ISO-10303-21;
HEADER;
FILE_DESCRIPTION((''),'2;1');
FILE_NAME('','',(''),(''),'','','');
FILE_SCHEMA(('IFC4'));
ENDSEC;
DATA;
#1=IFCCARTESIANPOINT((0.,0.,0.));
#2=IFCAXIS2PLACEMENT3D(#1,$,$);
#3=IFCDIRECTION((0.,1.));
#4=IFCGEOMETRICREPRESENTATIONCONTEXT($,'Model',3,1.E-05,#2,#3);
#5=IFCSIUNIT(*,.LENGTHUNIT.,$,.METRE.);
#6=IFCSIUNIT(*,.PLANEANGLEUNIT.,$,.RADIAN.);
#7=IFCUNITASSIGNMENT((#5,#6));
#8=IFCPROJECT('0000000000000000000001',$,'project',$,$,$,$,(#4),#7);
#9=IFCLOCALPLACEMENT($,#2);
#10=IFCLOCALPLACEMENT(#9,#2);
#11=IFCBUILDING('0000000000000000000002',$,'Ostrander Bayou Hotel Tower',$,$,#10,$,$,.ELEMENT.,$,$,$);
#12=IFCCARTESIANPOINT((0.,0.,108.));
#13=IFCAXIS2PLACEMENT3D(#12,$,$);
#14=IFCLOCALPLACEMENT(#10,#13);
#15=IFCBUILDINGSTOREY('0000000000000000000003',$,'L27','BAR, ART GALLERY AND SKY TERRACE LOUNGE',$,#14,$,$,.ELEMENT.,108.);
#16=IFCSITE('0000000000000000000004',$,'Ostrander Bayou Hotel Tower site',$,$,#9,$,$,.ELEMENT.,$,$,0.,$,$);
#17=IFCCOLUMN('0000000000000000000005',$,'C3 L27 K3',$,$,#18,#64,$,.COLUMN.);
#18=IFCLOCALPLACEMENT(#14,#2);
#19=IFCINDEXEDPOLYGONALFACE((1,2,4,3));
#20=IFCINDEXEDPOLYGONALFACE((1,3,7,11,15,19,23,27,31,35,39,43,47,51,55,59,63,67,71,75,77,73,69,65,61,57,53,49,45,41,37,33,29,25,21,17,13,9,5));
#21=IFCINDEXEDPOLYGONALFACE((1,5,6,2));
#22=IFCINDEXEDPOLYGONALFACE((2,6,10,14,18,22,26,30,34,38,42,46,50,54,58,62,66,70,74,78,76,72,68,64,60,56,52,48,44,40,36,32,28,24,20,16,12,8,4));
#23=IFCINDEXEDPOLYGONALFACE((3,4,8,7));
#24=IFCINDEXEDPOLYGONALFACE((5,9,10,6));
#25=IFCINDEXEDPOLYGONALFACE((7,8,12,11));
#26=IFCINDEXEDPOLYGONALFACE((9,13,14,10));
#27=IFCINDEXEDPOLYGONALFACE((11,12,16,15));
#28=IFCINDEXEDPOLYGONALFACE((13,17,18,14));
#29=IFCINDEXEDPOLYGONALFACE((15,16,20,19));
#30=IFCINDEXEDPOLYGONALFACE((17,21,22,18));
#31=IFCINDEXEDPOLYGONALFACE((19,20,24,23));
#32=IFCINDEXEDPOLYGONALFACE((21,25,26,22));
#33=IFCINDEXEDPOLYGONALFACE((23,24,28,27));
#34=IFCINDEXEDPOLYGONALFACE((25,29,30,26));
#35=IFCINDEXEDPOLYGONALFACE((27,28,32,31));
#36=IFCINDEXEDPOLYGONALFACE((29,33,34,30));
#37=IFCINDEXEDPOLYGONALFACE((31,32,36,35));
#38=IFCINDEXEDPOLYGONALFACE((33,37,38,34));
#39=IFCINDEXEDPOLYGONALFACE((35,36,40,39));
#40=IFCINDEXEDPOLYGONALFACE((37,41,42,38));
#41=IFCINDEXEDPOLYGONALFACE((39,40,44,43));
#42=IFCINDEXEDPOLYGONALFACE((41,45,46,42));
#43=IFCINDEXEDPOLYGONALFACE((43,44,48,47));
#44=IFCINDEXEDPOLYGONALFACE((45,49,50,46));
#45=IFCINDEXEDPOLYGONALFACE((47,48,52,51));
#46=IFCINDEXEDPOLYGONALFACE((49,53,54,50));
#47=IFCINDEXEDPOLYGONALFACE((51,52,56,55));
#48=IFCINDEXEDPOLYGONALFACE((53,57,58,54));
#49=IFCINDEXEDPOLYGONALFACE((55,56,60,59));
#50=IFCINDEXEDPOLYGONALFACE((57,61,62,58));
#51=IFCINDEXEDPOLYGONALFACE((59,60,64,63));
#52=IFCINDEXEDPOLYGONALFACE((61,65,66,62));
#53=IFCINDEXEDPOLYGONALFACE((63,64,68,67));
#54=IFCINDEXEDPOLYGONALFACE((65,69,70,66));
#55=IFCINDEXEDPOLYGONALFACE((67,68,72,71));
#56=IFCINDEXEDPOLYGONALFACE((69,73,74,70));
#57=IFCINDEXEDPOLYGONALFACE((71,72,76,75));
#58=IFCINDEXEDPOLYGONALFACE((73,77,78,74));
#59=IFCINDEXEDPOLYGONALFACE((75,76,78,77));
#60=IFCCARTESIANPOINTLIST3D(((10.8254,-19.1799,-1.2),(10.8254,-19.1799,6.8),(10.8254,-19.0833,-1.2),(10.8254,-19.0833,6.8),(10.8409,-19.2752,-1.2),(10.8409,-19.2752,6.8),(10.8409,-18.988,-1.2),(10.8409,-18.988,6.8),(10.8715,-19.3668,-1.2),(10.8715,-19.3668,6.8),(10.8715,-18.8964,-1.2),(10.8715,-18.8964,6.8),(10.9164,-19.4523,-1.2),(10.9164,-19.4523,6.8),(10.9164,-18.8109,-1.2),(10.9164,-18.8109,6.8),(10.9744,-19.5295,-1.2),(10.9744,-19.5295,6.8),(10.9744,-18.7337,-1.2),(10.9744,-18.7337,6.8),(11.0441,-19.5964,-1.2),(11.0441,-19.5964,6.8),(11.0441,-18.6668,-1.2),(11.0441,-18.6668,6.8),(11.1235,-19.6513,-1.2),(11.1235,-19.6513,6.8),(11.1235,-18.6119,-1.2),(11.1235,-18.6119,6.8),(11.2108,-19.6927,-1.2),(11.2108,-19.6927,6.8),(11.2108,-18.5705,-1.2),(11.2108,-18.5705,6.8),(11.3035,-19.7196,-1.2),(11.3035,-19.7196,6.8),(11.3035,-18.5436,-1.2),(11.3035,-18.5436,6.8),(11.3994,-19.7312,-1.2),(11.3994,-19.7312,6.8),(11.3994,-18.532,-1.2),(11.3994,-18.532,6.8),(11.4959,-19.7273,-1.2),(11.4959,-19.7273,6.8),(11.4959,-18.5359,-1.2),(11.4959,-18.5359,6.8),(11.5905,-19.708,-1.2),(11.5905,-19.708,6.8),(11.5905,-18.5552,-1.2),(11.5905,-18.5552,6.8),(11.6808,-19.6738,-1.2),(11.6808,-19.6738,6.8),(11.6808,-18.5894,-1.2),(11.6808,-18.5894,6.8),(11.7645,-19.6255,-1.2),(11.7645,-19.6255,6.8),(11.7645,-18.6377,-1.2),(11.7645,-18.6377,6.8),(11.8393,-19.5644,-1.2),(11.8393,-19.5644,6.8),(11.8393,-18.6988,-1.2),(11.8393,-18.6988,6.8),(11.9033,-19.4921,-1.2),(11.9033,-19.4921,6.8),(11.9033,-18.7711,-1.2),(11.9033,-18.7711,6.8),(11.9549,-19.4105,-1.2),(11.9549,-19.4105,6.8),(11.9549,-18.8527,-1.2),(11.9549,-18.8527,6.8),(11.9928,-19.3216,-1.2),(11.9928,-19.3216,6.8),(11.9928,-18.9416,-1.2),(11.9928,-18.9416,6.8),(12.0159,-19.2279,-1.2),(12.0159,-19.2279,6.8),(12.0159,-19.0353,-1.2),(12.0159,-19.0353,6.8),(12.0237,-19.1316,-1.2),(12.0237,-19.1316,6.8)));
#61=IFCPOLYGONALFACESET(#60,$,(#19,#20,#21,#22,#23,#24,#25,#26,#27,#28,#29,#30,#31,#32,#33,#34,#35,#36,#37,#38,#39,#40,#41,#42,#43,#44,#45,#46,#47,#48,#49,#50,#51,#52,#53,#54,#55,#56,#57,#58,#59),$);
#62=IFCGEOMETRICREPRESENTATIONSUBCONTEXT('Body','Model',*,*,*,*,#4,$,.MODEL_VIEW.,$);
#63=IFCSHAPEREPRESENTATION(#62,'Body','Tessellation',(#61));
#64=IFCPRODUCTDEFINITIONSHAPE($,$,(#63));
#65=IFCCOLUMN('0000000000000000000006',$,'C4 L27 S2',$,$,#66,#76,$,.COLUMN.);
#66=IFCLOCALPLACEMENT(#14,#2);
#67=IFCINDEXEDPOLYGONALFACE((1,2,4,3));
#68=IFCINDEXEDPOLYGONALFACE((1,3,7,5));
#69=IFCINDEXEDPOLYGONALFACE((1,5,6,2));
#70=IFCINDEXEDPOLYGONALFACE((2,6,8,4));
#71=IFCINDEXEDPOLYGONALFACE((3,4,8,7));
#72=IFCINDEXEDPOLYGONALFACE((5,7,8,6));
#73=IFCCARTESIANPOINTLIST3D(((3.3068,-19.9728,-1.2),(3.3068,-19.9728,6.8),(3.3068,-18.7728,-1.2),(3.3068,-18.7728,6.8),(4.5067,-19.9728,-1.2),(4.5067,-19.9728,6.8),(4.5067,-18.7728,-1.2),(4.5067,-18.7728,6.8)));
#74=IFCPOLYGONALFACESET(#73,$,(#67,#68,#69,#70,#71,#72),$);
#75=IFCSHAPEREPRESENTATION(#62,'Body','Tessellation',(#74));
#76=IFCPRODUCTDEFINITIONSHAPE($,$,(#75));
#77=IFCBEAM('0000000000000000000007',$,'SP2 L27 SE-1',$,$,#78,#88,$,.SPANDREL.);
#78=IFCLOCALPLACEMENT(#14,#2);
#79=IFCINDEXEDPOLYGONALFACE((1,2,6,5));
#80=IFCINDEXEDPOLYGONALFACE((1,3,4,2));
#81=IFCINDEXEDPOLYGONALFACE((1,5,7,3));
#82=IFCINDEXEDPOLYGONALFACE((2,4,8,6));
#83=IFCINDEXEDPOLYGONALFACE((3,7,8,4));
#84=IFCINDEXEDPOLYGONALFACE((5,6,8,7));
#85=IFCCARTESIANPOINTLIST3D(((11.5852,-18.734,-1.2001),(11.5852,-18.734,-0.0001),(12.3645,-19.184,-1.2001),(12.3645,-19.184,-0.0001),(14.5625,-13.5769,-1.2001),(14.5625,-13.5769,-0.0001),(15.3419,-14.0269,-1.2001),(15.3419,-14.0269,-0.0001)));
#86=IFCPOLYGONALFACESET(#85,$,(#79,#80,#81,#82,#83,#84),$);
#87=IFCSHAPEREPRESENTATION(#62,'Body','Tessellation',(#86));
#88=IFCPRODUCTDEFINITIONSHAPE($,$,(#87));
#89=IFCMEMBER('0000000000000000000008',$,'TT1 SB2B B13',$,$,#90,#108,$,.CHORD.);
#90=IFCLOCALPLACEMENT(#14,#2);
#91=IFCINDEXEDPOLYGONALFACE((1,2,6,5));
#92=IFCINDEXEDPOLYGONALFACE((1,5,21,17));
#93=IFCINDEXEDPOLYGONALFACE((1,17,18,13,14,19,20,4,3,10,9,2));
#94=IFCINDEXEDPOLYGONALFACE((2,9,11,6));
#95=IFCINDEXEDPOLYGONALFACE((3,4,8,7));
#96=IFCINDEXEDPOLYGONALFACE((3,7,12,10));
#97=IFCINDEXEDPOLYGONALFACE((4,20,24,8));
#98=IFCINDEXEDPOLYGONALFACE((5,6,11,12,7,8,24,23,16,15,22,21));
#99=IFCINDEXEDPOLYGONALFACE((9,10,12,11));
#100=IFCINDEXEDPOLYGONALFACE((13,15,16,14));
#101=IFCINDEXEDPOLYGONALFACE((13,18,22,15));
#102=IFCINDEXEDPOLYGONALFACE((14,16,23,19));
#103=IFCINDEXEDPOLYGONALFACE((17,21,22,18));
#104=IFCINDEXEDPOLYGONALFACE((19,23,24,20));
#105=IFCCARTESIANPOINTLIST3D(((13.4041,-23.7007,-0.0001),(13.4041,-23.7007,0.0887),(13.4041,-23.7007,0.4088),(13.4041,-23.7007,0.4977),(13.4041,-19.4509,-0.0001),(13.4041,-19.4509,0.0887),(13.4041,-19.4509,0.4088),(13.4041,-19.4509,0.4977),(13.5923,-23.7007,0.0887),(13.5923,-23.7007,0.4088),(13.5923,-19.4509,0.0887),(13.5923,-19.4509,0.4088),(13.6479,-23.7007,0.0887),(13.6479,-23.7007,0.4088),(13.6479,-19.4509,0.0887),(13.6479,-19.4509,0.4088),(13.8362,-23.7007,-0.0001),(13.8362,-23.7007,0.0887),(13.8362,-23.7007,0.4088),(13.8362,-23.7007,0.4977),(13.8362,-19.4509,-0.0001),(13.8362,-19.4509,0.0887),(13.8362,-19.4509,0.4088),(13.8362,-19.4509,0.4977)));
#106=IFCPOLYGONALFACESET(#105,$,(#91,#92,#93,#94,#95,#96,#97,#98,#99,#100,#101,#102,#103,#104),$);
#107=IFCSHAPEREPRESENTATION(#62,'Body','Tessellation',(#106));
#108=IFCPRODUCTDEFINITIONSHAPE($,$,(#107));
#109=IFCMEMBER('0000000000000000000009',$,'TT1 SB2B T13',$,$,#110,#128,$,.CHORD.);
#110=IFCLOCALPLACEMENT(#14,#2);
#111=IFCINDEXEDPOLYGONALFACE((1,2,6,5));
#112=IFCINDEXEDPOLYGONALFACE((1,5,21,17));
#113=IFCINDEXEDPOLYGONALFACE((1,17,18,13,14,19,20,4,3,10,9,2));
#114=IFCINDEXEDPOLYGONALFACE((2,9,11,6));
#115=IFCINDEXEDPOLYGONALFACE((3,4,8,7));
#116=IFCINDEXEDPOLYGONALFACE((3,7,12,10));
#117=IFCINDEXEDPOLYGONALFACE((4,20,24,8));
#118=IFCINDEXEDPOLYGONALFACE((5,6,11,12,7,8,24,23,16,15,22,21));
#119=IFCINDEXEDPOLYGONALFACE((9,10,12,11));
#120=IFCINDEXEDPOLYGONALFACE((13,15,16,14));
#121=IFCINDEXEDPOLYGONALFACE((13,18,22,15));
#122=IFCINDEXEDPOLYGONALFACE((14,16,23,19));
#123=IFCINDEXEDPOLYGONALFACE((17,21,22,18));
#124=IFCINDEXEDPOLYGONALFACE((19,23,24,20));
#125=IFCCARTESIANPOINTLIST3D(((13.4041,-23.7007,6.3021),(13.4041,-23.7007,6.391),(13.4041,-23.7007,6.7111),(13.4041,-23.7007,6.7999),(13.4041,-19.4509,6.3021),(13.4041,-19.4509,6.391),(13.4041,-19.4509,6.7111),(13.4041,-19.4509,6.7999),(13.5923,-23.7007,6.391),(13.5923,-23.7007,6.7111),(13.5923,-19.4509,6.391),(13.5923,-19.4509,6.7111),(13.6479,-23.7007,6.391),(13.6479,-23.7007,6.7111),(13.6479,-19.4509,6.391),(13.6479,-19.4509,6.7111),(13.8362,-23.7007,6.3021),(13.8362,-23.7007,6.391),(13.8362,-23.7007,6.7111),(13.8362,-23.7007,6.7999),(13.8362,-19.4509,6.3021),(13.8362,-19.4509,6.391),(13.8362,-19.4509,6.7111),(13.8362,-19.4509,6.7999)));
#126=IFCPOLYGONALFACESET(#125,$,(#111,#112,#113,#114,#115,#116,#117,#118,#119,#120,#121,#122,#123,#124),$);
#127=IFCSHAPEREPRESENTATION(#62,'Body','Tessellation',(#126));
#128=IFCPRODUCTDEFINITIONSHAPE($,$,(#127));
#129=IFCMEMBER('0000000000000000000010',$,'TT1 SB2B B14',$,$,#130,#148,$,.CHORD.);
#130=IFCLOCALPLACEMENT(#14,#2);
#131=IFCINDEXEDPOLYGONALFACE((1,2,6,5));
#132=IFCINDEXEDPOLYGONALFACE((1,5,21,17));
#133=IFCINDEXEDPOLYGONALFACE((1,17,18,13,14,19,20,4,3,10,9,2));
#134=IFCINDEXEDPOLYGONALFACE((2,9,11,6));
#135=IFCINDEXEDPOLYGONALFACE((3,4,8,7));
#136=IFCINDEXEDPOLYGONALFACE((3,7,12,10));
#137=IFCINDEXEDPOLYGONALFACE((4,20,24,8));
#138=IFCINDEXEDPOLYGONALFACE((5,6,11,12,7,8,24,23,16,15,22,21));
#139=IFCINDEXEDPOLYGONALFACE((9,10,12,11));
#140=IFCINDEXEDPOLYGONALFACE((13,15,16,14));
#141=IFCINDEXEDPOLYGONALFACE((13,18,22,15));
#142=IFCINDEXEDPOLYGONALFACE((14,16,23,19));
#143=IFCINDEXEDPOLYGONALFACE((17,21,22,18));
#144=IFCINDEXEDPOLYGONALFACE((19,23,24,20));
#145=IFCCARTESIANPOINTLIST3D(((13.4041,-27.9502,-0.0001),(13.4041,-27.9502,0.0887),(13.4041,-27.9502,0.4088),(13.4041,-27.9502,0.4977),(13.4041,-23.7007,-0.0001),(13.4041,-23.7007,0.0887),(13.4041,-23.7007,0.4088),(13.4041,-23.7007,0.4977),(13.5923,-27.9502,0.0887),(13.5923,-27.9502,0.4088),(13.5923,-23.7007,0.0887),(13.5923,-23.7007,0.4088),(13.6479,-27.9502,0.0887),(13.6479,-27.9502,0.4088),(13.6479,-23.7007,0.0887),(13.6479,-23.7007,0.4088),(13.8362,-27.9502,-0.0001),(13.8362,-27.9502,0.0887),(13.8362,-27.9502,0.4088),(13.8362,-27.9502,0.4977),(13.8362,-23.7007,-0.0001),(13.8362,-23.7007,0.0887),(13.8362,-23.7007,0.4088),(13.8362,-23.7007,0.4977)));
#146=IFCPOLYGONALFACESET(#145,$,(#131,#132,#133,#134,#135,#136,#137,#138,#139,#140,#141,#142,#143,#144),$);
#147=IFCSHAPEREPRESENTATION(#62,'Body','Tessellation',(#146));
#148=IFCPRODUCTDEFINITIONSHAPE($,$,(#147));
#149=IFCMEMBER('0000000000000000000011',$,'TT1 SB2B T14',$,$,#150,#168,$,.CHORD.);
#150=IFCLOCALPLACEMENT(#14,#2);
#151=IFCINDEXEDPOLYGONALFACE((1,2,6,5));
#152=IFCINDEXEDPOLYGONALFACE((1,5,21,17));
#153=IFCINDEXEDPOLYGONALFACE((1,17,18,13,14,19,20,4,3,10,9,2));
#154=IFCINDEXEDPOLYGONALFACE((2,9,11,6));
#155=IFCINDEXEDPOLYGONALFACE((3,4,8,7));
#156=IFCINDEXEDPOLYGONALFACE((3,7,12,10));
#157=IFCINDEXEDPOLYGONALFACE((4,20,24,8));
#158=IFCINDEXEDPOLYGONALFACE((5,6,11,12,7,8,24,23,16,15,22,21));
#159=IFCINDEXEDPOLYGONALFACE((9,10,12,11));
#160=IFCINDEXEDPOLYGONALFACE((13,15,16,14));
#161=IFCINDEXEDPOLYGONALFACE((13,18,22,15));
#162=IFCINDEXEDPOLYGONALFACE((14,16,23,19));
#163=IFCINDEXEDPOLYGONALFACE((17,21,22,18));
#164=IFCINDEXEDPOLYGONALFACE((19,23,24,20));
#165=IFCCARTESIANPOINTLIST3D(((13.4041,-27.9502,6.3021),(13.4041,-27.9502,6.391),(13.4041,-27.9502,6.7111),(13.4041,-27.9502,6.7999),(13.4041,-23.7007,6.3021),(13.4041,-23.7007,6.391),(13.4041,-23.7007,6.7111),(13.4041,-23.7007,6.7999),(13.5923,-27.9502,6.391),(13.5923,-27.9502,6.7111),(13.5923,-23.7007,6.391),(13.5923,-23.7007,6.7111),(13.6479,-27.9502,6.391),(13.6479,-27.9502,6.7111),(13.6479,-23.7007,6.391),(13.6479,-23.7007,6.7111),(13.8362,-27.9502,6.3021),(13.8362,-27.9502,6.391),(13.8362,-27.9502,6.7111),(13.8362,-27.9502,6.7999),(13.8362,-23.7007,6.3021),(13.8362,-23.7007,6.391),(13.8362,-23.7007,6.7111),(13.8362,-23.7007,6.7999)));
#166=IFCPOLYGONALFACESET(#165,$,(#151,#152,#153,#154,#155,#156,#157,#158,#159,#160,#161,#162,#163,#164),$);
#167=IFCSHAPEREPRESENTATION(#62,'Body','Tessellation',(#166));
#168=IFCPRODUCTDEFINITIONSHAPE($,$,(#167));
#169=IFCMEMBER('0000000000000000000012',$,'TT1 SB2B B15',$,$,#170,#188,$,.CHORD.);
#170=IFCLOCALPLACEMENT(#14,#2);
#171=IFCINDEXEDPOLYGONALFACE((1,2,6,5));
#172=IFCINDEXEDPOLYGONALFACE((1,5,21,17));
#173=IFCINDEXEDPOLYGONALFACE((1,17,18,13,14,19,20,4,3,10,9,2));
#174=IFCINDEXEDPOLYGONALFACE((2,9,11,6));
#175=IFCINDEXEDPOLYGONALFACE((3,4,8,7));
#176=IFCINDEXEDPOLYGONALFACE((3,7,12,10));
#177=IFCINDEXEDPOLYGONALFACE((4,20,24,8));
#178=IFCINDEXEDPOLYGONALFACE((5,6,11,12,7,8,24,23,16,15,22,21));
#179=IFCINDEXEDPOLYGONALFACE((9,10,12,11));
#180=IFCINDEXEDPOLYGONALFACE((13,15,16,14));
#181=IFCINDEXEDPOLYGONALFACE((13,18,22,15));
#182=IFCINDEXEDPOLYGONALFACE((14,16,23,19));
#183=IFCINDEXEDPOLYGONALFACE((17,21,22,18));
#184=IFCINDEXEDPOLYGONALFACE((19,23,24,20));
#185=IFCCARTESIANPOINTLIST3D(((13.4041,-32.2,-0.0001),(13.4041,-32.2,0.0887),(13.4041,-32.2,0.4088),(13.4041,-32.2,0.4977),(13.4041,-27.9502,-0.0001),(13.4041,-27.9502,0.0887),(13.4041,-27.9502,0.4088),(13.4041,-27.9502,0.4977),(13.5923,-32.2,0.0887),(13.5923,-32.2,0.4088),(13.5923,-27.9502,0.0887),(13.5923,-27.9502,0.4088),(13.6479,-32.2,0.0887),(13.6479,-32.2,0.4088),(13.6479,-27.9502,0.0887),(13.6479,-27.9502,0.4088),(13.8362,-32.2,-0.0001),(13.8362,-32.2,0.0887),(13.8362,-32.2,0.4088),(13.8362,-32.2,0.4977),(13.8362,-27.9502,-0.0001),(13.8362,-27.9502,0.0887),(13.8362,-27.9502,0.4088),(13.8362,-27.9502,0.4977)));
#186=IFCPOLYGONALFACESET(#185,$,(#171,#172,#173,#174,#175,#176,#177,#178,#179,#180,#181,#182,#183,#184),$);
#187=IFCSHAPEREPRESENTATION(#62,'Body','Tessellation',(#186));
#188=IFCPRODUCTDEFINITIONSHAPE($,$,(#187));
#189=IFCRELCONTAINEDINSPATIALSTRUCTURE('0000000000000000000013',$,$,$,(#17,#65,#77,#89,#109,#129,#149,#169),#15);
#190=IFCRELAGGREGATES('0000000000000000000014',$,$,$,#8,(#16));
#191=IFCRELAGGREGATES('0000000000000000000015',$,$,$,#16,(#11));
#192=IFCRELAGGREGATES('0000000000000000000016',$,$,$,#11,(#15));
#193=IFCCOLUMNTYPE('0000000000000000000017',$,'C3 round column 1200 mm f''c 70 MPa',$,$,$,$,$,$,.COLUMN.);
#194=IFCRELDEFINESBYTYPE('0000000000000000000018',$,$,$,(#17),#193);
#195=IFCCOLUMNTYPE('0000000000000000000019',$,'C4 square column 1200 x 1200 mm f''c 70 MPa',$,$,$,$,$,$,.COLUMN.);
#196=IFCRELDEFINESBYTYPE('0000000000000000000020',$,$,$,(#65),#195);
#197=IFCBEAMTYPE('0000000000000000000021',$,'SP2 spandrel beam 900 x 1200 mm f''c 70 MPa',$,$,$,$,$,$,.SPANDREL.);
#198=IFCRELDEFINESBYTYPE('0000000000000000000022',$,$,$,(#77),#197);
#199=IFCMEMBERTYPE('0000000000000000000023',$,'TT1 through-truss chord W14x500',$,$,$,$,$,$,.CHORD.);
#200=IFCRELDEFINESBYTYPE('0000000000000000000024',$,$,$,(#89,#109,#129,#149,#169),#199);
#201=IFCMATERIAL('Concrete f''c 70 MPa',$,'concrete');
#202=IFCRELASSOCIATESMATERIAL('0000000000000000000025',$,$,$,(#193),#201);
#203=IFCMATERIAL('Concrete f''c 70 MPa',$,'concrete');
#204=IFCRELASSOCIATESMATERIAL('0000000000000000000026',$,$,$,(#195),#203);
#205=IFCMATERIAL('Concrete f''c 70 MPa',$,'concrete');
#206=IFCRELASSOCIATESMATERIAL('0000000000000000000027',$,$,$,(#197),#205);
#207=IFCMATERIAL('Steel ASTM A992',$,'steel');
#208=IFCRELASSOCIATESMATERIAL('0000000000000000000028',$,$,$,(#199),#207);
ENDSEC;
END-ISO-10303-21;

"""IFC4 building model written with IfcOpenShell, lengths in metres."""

from ifc_helpers import new_model, si_unit, direction, frame, origin, origin_2d, place, context, subcontext, project, spatial, rectangle, circle, i_section, extrude, material, material_profile, profile_set, type_object, element, save


model = new_model("IFC4")

# Units and contexts
model_context = context("Model", 3, precision=1e-05, world=origin(), true_north=direction((0.0, 1.0)))
body_context = subcontext(model_context, "Body", "Model", "MODEL_VIEW")
ifc_project = project(units=[si_unit("LENGTHUNIT", "METRE"), si_unit("PLANEANGLEUNIT", "RADIAN")], contexts=[model_context])

# Site, building, storey
site_placement = place(None, origin())
site = spatial("IfcSite", under=ifc_project, at=site_placement, Name="Ostrander Bayou Hotel Tower site", CompositionType="ELEMENT", RefElevation=0.0)
building_placement = place(site_placement, origin())
building = spatial("IfcBuilding", under=site, at=building_placement, Name="Ostrander Bayou Hotel Tower", CompositionType="ELEMENT")
storey_placement = place(building_placement, frame((0.0, 0.0, 108.0)))
storey = spatial("IfcBuildingStorey", under=building, at=storey_placement, Name="L27", Description="BAR, ART GALLERY AND SKY TERRACE LOUNGE", CompositionType="ELEMENT", Elevation=108.0)

# Columns
ifc_material_1 = material(Name="Concrete f'c 70 MPa", Category="concrete")
ifc_material_profile_1 = material_profile(ifc_material_1, circle(Radius=0.6001, at=origin_2d()))
ifc_profile_set_1 = profile_set([ifc_material_profile_1], Name="Concrete f'c 70 MPa")
column_type_1 = type_object("IfcColumnType", Name="C3 round column 1200 mm f'c 70 MPa", PredefinedType="COLUMN", material=ifc_profile_set_1)
column_1_placement = place(storey_placement, frame((11.4236, -19.1316, -1.2), z_axis=(0.0, 0.0, 1.0), x_axis=(1.0, 0.0, 0.0)))
element("IfcColumn", 1, at=column_1_placement, inside=storey, type_object=column_type_1, Name="C3 L27 K3", PredefinedType="COLUMN", context=body_context, shape_type="SweptSolid", body=[
    extrude(circle(Radius=0.6001, at=origin_2d()), origin(), (0.0, 0.0, 1.0), 8.0),
])
ifc_material_2 = material(Name="Concrete f'c 70 MPa", Category="concrete")
ifc_material_profile_2 = material_profile(ifc_material_2, rectangle(XDim=1.2, YDim=1.2, at=origin_2d()))
ifc_profile_set_2 = profile_set([ifc_material_profile_2], Name="Concrete f'c 70 MPa")
column_type_2 = type_object("IfcColumnType", Name="C4 square column 1200 x 1200 mm f'c 70 MPa", PredefinedType="COLUMN", material=ifc_profile_set_2)
column_2_placement = place(storey_placement, frame((3.9067, -19.3728, -1.2), z_axis=(0.0, 0.0, 1.0), x_axis=(-1.0, 0.0, 0.0)))
element("IfcColumn", 2, at=column_2_placement, inside=storey, type_object=column_type_2, Name="C4 L27 S2", PredefinedType="COLUMN", context=body_context, shape_type="SweptSolid", body=[
    extrude(rectangle(XDim=1.2, YDim=1.2, at=origin_2d()), origin(), (0.0, 0.0, 1.0), 8.0),
])

# Beam
ifc_material_3 = material(Name="Concrete f'c 70 MPa", Category="concrete")
ifc_material_profile_3 = material_profile(ifc_material_3, rectangle(XDim=0.8999, YDim=1.2, at=origin_2d()))
ifc_profile_set_3 = profile_set([ifc_material_profile_3], Name="Concrete f'c 70 MPa")
beam_type = type_object("IfcBeamType", Name="SP2 spandrel beam 900 x 1200 mm f'c 70 MPa", PredefinedType="SPANDREL", material=ifc_profile_set_3)
beam_placement = place(storey_placement, frame((11.9749, -18.959, -0.6001), z_axis=(0.499989, 0.866032, 0.0), x_axis=(-0.866032, 0.499989, 0.0)))
element("IfcBeam", 3, at=beam_placement, inside=storey, type_object=beam_type, Name="SP2 L27 SE-1", PredefinedType="SPANDREL", context=body_context, shape_type="SweptSolid", body=[
    extrude(rectangle(XDim=0.8999, YDim=1.2, at=origin_2d()), origin(), (0.0, 0.0, 1.0), 5.9548),
])

# Members
ifc_material_4 = material(Name="Steel ASTM A992", Category="steel")
ifc_material_profile_4 = material_profile(ifc_material_4, i_section(OverallWidth=0.4321, OverallDepth=0.4978, WebThickness=0.0557, FlangeThickness=0.0889, at=origin_2d()))
ifc_profile_set_4 = profile_set([ifc_material_profile_4], Name="Steel ASTM A992")
member_type_1 = type_object("IfcMemberType", Name="TT1 through-truss chord W14x500", PredefinedType="CHORD", material=ifc_profile_set_4)
for number, where, z_axis, x_axis, name in (
    (4, (13.6201, -19.4509, 0.2488), (0.0, -1.0, 0.0), (1.0, 0.0, 0.0), "TT1 SB2B B13"),
    (5, (13.6201, -19.4509, 6.551), (0.0, -1.0, 0.0), (1.0, 0.0, 0.0), "TT1 SB2B T13"),
):
    element("IfcMember", number, at=place(storey_placement, frame(where, z_axis=z_axis, x_axis=x_axis)), inside=storey, type_object=member_type_1, Name=name, PredefinedType="CHORD", context=body_context, shape_type="SweptSolid", body=[
        extrude(i_section(OverallWidth=0.4321, OverallDepth=0.4978, WebThickness=0.0557, FlangeThickness=0.0889, at=origin_2d()), origin(), (0.0, 0.0, 1.0), 4.2498),
    ])
for number, where, z_axis, x_axis, name in (
    (6, (13.6201, -23.7007, 0.2488), (0.0, -1.0, 0.0), (1.0, 0.0, 0.0), "TT1 SB2B B14"),
    (7, (13.6201, -23.7007, 6.551), (0.0, -1.0, 0.0), (1.0, 0.0, 0.0), "TT1 SB2B T14"),
):
    element("IfcMember", number, at=place(storey_placement, frame(where, z_axis=z_axis, x_axis=x_axis)), inside=storey, type_object=member_type_1, Name=name, PredefinedType="CHORD", context=body_context, shape_type="SweptSolid", body=[
        extrude(i_section(OverallWidth=0.4321, OverallDepth=0.4978, WebThickness=0.0557, FlangeThickness=0.0889, at=origin_2d()), origin(), (0.0, 0.0, 1.0), 4.2495),
    ])
for number, where, z_axis, x_axis, name in (
    (8, (13.6201, -27.9502, 0.2488), (0.0, -1.0, 0.0), (1.0, 0.0, 0.0), "TT1 SB2B B15"),
):
    element("IfcMember", number, at=place(storey_placement, frame(where, z_axis=z_axis, x_axis=x_axis)), inside=storey, type_object=member_type_1, Name=name, PredefinedType="CHORD", context=body_context, shape_type="SweptSolid", body=[
        extrude(i_section(OverallWidth=0.4321, OverallDepth=0.4978, WebThickness=0.0557, FlangeThickness=0.0889, at=origin_2d()), origin(), (0.0, 0.0, 1.0), 4.2498),
    ])

save(model, "model.ifc")
